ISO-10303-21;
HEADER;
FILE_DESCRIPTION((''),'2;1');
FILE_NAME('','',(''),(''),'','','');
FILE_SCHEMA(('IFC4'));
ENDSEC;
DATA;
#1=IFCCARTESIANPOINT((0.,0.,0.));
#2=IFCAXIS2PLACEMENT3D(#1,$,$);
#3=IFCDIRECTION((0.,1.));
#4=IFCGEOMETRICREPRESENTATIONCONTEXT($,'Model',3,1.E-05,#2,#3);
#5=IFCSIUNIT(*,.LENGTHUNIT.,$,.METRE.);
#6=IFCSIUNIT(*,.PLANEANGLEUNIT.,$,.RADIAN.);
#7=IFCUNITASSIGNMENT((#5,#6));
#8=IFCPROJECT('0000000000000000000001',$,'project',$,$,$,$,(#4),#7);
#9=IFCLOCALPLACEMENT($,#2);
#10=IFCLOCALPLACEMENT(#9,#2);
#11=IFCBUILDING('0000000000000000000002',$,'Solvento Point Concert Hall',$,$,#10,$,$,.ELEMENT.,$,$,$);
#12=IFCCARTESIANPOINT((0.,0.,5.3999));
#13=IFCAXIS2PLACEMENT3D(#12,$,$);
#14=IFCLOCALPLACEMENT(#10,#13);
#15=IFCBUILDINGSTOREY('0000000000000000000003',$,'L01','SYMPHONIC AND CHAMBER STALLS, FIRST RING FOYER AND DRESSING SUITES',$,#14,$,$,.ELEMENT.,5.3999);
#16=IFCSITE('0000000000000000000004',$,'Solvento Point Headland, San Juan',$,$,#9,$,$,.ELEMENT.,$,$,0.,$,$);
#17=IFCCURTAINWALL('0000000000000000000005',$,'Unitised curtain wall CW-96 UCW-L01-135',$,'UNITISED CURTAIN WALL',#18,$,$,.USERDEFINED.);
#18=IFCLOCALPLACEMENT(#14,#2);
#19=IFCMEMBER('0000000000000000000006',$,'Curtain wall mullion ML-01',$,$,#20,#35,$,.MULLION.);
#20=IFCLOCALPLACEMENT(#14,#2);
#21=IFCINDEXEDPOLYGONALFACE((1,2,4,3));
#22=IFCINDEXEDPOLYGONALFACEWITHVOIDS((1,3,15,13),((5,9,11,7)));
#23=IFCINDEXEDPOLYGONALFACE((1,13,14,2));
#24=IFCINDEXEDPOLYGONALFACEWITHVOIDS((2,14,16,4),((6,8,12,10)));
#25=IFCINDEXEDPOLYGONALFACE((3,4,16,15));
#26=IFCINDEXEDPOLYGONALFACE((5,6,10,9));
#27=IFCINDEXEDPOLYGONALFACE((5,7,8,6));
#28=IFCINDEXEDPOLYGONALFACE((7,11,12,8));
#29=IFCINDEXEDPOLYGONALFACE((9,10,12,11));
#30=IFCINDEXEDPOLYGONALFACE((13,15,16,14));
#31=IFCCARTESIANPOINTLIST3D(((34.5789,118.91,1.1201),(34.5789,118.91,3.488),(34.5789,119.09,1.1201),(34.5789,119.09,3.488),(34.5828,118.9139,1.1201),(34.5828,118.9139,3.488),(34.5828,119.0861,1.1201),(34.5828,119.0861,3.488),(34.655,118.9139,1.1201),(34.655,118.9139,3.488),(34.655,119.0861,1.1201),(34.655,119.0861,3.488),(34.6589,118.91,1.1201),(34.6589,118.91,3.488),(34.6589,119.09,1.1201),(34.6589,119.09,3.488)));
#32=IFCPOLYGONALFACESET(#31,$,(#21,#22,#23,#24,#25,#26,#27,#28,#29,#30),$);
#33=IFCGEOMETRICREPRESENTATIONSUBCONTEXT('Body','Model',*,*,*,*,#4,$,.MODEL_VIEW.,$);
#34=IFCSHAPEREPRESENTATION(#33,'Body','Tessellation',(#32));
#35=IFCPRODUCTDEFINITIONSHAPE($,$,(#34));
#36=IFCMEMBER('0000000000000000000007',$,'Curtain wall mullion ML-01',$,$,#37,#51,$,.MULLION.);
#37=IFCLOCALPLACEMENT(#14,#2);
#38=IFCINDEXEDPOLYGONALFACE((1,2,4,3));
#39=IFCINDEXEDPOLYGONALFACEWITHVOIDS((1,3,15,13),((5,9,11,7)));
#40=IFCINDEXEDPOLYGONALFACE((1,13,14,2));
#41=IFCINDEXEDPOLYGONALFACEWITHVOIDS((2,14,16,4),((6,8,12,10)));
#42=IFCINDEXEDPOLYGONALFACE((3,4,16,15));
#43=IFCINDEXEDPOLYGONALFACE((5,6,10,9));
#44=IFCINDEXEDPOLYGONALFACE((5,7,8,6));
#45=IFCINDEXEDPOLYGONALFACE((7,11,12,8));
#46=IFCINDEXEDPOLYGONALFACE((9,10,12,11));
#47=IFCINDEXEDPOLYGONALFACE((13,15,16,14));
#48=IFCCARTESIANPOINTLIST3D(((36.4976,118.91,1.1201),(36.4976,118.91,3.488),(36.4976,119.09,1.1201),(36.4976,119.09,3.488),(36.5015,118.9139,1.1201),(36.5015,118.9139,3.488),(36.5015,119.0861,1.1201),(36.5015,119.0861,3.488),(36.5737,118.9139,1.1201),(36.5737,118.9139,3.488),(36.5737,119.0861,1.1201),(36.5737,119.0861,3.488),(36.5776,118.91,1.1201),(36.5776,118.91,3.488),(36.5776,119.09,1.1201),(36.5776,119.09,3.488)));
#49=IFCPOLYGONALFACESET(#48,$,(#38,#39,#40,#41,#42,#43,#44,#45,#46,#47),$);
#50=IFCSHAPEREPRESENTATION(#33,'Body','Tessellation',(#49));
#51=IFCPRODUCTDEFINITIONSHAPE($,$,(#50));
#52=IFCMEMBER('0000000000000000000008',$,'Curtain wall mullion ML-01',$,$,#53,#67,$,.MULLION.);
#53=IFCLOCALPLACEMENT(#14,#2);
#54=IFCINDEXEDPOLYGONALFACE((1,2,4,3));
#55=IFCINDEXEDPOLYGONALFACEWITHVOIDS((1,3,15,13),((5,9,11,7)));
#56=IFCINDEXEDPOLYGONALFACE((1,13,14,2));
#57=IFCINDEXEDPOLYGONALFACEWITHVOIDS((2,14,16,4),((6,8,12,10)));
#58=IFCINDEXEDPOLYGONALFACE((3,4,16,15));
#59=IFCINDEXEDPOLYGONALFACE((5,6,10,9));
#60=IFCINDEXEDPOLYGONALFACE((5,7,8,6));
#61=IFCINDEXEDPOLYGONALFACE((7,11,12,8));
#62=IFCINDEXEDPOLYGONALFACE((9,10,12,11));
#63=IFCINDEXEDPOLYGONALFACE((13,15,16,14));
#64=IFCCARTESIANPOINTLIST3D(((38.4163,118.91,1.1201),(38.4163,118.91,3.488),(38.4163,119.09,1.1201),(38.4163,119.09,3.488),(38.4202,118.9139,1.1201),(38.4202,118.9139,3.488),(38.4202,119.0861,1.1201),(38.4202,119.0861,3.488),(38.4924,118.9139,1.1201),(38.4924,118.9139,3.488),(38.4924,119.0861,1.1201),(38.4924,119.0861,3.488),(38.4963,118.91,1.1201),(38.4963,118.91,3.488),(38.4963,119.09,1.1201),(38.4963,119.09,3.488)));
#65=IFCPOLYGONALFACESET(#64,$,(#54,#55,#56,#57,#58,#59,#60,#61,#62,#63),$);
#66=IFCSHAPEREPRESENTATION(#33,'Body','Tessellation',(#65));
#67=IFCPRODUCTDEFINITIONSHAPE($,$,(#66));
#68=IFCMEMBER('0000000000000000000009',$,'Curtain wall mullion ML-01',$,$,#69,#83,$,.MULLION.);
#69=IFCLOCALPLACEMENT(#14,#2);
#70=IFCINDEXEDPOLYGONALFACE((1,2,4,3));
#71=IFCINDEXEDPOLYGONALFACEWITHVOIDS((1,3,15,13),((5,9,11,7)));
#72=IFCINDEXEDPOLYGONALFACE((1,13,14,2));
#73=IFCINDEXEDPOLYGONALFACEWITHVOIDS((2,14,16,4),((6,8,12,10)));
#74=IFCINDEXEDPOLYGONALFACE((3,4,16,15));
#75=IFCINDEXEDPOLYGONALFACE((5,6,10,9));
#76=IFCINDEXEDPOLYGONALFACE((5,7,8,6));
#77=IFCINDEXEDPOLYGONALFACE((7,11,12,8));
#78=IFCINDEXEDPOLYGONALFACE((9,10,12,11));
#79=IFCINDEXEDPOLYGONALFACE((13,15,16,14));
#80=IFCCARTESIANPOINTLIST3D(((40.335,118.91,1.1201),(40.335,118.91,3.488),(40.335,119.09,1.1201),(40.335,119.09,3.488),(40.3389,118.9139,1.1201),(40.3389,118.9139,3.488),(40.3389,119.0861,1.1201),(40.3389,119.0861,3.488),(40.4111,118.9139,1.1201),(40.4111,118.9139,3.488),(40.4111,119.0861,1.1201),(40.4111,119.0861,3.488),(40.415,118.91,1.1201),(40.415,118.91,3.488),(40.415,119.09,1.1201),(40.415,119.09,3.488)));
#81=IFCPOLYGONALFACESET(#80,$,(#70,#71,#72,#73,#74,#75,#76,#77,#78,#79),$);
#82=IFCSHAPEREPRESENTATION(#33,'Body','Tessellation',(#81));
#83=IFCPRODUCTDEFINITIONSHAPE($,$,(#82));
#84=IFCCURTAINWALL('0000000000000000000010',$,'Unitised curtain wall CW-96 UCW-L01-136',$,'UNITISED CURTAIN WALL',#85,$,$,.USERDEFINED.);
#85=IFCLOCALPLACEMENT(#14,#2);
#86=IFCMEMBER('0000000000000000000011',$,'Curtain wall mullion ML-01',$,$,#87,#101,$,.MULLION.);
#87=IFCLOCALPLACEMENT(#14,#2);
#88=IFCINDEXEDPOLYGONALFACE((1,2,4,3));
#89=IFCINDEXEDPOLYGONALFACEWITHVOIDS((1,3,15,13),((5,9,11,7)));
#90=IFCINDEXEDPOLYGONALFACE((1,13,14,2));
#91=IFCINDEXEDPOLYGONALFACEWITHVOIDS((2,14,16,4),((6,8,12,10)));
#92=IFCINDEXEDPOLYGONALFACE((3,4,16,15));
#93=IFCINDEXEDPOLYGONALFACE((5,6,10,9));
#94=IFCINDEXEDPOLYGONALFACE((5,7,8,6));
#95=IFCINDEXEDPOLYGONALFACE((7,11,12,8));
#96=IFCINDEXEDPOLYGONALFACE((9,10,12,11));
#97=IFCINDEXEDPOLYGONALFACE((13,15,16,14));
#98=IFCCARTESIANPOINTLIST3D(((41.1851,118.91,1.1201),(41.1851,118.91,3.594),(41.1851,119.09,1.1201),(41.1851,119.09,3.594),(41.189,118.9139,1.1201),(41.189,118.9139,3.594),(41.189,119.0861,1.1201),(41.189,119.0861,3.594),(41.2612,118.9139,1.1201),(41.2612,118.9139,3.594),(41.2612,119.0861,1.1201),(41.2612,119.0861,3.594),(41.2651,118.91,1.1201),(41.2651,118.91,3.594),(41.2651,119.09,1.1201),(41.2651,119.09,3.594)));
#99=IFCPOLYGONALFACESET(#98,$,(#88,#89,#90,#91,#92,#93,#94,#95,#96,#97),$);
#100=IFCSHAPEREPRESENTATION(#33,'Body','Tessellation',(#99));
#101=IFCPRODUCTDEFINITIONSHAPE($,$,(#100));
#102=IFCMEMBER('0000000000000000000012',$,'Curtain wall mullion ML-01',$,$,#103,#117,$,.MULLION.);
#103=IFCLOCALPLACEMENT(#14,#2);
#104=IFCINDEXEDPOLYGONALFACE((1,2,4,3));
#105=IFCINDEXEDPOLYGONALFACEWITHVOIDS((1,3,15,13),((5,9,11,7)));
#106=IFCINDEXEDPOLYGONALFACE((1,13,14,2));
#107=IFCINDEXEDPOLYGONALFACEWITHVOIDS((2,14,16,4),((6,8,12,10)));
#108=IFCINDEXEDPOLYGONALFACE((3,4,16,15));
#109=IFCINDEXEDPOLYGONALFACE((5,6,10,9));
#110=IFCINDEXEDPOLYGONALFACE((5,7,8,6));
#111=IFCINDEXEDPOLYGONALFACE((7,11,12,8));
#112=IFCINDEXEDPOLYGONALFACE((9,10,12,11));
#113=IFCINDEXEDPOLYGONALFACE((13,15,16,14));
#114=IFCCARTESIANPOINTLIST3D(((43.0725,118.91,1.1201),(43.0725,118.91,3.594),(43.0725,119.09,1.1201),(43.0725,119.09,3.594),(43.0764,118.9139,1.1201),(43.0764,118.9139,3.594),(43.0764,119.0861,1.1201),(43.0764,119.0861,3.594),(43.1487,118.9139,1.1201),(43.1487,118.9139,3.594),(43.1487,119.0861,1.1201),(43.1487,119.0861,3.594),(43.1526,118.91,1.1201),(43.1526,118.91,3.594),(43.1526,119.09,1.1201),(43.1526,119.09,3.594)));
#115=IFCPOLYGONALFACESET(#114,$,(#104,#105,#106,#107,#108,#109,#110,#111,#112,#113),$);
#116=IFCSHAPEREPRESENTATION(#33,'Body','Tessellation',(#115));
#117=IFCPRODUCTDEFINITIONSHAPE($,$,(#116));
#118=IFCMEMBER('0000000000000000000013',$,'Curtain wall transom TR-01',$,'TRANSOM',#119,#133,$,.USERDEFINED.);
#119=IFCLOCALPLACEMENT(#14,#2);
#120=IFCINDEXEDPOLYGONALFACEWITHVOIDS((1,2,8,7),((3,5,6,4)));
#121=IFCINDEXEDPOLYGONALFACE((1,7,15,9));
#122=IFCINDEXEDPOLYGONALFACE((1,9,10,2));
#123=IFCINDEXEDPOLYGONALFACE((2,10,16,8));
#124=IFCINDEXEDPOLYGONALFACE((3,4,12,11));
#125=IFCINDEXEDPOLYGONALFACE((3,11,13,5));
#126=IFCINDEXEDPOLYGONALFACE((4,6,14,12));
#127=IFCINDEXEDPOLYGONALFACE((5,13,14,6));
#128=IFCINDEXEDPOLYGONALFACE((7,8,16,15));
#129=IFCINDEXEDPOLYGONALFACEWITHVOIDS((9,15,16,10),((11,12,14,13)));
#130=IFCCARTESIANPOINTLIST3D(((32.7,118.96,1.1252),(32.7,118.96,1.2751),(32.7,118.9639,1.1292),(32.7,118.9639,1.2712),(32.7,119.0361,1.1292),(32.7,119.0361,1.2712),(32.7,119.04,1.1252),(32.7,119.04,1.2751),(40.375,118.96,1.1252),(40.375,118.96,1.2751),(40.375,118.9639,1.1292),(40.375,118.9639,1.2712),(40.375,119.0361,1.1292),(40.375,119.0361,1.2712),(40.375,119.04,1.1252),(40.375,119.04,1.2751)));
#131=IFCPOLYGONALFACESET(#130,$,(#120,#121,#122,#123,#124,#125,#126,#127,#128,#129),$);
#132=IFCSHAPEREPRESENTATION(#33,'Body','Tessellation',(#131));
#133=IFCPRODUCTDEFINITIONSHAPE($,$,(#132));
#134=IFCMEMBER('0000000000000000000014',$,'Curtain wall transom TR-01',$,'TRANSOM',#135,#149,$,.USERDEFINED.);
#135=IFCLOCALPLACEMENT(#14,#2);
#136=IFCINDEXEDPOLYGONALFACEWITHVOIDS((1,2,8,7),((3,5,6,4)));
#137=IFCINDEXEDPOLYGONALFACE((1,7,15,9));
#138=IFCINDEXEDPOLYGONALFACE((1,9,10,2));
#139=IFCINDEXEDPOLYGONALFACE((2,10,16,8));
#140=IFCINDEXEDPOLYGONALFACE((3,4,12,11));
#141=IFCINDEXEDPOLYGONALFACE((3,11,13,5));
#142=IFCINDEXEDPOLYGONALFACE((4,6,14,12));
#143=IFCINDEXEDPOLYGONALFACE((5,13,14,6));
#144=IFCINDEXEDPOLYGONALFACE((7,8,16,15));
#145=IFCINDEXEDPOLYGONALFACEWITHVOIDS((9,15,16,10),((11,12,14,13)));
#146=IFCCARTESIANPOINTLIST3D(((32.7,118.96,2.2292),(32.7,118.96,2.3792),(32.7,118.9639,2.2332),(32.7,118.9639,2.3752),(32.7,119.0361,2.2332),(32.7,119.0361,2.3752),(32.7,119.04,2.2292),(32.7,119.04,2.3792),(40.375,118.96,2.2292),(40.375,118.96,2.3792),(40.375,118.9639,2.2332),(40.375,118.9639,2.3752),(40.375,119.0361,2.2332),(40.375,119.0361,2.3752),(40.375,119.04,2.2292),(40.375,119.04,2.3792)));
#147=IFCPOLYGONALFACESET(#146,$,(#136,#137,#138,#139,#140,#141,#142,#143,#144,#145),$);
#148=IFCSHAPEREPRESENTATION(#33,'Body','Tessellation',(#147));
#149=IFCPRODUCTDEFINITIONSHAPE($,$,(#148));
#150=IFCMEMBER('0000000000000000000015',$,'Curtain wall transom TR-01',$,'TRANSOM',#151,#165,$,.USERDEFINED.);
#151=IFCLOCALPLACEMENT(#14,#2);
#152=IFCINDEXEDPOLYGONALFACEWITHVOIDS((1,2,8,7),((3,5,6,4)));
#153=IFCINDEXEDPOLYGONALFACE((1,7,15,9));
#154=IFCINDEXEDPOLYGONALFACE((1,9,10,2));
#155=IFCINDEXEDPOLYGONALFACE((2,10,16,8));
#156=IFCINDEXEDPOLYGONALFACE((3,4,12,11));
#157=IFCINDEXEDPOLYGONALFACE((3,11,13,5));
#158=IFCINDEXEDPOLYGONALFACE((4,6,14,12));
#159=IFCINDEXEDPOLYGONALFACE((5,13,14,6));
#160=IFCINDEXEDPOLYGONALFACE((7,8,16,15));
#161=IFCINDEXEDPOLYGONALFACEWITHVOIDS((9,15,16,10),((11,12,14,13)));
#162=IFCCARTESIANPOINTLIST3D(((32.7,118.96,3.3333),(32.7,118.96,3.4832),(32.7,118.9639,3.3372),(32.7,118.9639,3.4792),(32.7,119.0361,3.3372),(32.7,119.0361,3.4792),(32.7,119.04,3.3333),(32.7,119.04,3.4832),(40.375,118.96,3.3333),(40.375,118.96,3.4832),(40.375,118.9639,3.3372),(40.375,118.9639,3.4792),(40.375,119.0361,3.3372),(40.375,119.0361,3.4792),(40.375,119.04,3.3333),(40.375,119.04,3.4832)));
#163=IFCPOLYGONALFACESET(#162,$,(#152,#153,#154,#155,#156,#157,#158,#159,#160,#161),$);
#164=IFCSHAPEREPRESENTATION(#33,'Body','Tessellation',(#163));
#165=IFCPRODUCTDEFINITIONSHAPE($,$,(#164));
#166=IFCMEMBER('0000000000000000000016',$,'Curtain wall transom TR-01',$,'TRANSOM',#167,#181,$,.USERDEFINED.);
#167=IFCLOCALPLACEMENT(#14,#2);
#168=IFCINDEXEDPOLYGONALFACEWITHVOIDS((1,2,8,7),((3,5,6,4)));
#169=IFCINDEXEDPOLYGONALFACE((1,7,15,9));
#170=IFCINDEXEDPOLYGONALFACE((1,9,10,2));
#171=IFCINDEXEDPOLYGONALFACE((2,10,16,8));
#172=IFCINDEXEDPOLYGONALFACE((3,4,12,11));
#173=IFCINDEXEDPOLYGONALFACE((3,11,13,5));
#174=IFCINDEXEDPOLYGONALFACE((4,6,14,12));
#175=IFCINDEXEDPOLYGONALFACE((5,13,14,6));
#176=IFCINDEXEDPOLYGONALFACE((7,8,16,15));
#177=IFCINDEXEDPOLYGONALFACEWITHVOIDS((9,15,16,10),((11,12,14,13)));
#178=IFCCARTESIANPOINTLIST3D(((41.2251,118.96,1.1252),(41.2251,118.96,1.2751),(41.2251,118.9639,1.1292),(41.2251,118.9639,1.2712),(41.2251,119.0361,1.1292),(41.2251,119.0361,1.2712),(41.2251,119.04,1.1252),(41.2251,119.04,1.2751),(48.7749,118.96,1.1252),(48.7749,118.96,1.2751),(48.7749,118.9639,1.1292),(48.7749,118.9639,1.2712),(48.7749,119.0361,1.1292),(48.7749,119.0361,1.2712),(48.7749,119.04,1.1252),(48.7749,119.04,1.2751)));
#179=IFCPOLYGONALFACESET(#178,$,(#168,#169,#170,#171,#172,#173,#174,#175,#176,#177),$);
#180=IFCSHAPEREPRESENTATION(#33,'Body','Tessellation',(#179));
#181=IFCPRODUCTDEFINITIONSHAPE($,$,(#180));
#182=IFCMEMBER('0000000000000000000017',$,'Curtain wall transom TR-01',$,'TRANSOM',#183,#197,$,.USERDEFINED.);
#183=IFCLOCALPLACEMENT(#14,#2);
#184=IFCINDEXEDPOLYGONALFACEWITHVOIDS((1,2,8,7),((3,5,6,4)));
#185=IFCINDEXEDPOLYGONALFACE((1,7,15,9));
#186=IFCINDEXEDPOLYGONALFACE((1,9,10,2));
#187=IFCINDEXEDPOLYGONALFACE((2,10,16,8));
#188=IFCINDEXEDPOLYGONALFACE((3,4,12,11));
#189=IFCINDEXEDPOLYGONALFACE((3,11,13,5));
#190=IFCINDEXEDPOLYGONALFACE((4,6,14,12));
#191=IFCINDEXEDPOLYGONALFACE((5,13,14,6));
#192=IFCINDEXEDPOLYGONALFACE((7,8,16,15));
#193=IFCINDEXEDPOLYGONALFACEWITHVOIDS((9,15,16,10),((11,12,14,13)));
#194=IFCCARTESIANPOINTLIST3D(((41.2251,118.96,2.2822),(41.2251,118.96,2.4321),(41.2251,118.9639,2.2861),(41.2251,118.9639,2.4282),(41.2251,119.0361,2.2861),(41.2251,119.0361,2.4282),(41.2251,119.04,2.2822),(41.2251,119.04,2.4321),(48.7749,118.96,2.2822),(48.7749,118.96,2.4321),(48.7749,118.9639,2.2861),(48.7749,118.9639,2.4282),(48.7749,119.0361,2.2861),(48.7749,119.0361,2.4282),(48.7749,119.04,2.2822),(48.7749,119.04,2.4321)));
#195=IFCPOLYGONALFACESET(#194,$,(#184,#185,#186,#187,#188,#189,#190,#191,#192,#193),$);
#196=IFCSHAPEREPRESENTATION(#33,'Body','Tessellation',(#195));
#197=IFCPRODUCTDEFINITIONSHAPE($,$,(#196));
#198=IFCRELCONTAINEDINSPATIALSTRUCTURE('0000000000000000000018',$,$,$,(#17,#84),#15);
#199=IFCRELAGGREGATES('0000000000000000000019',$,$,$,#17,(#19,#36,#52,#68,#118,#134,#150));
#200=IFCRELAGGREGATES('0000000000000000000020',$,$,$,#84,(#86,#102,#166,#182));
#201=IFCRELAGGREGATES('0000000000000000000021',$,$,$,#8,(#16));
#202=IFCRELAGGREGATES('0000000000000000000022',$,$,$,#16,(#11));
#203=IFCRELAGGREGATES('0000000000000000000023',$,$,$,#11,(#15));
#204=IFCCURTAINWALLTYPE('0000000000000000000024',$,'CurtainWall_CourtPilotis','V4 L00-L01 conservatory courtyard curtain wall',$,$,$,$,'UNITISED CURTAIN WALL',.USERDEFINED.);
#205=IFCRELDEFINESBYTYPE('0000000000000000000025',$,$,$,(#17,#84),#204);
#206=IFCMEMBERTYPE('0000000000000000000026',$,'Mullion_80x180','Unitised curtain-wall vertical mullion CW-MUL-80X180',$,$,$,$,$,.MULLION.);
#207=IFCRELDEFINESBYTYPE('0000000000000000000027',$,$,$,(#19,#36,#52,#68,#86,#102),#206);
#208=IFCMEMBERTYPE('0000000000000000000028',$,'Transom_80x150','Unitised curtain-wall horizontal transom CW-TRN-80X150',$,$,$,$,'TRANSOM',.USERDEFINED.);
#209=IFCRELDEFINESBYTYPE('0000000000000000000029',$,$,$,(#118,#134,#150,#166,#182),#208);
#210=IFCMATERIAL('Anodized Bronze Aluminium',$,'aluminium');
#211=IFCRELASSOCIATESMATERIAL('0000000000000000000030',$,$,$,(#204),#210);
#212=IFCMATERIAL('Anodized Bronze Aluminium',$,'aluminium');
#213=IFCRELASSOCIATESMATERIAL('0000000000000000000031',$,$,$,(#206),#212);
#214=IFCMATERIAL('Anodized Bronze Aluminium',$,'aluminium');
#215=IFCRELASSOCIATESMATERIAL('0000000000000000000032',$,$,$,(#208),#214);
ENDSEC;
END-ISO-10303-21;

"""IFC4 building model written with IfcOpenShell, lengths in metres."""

from ifc_helpers import new_model, si_unit, direction, frame, origin, origin_2d, place, context, subcontext, project, spatial, hollow_rectangle, extrude, material, material_profile, profile_set, type_object, element, aggregate, save


model = new_model("IFC4")

# Units and contexts
model_context = context("Model", 3, precision=1e-05, world=origin(), true_north=direction((0.0, 1.0)))
body_context = subcontext(model_context, "Body", "Model", "MODEL_VIEW")
ifc_project = project(units=[si_unit("LENGTHUNIT", "METRE"), si_unit("PLANEANGLEUNIT", "RADIAN")], contexts=[model_context])

# Site, building, storey
site_placement = place(None, origin())
site = spatial("IfcSite", under=ifc_project, at=site_placement, Name="Solvento Point Headland, San Juan", CompositionType="ELEMENT", RefElevation=0.0)
building_placement = place(site_placement, origin())
building = spatial("IfcBuilding", under=site, at=building_placement, Name="Solvento Point Concert Hall", CompositionType="ELEMENT")
storey_placement = place(building_placement, frame((0.0, 0.0, 5.3999)))
storey = spatial("IfcBuildingStorey", under=building, at=storey_placement, Name="L01", Description="SYMPHONIC AND CHAMBER STALLS, FIRST RING FOYER AND DRESSING SUITES", CompositionType="ELEMENT", Elevation=5.3999)

# Curtain walls, members
ifc_material_1 = material(Name="Anodized Bronze Aluminium", Category="aluminium")
curtain_wall_type = type_object("IfcCurtainWallType", Name="CurtainWall_CourtPilotis", Description="V4 L00-L01 conservatory courtyard curtain wall", ElementType="UNITISED CURTAIN WALL", PredefinedType="USERDEFINED", material=ifc_material_1)
curtain_wall_1_placement = place(storey_placement, origin())
curtain_wall_1 = element("IfcCurtainWall", 1, at=curtain_wall_1_placement, inside=storey, type_object=curtain_wall_type, Name="Unitised curtain wall CW-96 UCW-L01-135", ObjectType="UNITISED CURTAIN WALL", PredefinedType="USERDEFINED")
ifc_material_2 = material(Name="Anodized Bronze Aluminium", Category="aluminium")
ifc_material_profile_1 = material_profile(ifc_material_2, hollow_rectangle(XDim=0.0801, YDim=0.1799, WallThickness=0.0039, at=origin_2d()), Name="CW-MUL-80X180")
ifc_profile_set_1 = profile_set([ifc_material_profile_1], Name="Anodized Bronze Aluminium")
member_type_1 = type_object("IfcMemberType", Name="Mullion_80x180", Description="Unitised curtain-wall vertical mullion CW-MUL-80X180", PredefinedType="MULLION", material=ifc_profile_set_1)
member_1_placement = place(storey_placement, frame((34.6189, 119.0, 1.1201), z_axis=(0.0, 0.0, 1.0), x_axis=(1.0, 0.0, 0.0)))
member_1 = element("IfcMember", 2, at=member_1_placement, type_object=member_type_1, Name="Curtain wall mullion ML-01", PredefinedType="MULLION", context=body_context, shape_type="SweptSolid", body=[
    extrude(hollow_rectangle(XDim=0.0801, YDim=0.1799, WallThickness=0.0039, at=origin_2d()), origin(), (0.0, 0.0, 1.0), 2.3679),
])
member_2_placement = place(storey_placement, frame((36.5376, 119.0, 1.1201), z_axis=(0.0, 0.0, 1.0), x_axis=(1.0, 0.0, 0.0)))
member_2 = element("IfcMember", 3, at=member_2_placement, type_object=member_type_1, Name="Curtain wall mullion ML-01", PredefinedType="MULLION", context=body_context, shape_type="SweptSolid", body=[
    extrude(hollow_rectangle(XDim=0.0801, YDim=0.1799, WallThickness=0.0039, at=origin_2d()), origin(), (0.0, 0.0, 1.0), 2.3679),
])
member_3_placement = place(storey_placement, frame((38.4563, 119.0, 1.1201), z_axis=(0.0, 0.0, 1.0), x_axis=(1.0, 0.0, 0.0)))
member_3 = element("IfcMember", 4, at=member_3_placement, type_object=member_type_1, Name="Curtain wall mullion ML-01", PredefinedType="MULLION", context=body_context, shape_type="SweptSolid", body=[
    extrude(hollow_rectangle(XDim=0.0801, YDim=0.1799, WallThickness=0.0039, at=origin_2d()), origin(), (0.0, 0.0, 1.0), 2.3679),
])
member_4_placement = place(storey_placement, frame((40.375, 119.0, 1.1201), z_axis=(0.0, 0.0, 1.0), x_axis=(1.0, 0.0, 0.0)))
member_4 = element("IfcMember", 5, at=member_4_placement, type_object=member_type_1, Name="Curtain wall mullion ML-01", PredefinedType="MULLION", context=body_context, shape_type="SweptSolid", body=[
    extrude(hollow_rectangle(XDim=0.0801, YDim=0.1799, WallThickness=0.0039, at=origin_2d()), origin(), (0.0, 0.0, 1.0), 2.3679),
])
curtain_wall_2_placement = place(storey_placement, origin())
curtain_wall_2 = element("IfcCurtainWall", 6, at=curtain_wall_2_placement, inside=storey, type_object=curtain_wall_type, Name="Unitised curtain wall CW-96 UCW-L01-136", ObjectType="UNITISED CURTAIN WALL", PredefinedType="USERDEFINED")
member_5_placement = place(storey_placement, frame((41.2251, 119.0, 1.1201), z_axis=(0.0, 0.0, 1.0), x_axis=(1.0, 0.0, 0.0)))
member_5 = element("IfcMember", 7, at=member_5_placement, type_object=member_type_1, Name="Curtain wall mullion ML-01", PredefinedType="MULLION", context=body_context, shape_type="SweptSolid", body=[
    extrude(hollow_rectangle(XDim=0.0801, YDim=0.1799, WallThickness=0.0039, at=origin_2d()), origin(), (0.0, 0.0, 1.0), 2.4739),
])
member_6_placement = place(storey_placement, frame((43.1125, 119.0, 1.1201), z_axis=(0.0, 0.0, 1.0), x_axis=(1.0, 0.0, 0.0)))
member_6 = element("IfcMember", 8, at=member_6_placement, type_object=member_type_1, Name="Curtain wall mullion ML-01", PredefinedType="MULLION", context=body_context, shape_type="SweptSolid", body=[
    extrude(hollow_rectangle(XDim=0.0801, YDim=0.1799, WallThickness=0.0039, at=origin_2d()), origin(), (0.0, 0.0, 1.0), 2.4739),
])

# Members
ifc_material_3 = material(Name="Anodized Bronze Aluminium", Category="aluminium")
ifc_material_profile_2 = material_profile(ifc_material_3, hollow_rectangle(XDim=0.0801, YDim=0.1499, WallThickness=0.0039, at=origin_2d()), Name="CW-TRN-80X150")
ifc_profile_set_2 = profile_set([ifc_material_profile_2], Name="Anodized Bronze Aluminium")
member_type_2 = type_object("IfcMemberType", Name="Transom_80x150", Description="Unitised curtain-wall horizontal transom CW-TRN-80X150", ElementType="TRANSOM", PredefinedType="USERDEFINED", material=ifc_profile_set_2)
member_7_placement = place(storey_placement, frame((32.7, 119.0, 1.2002), z_axis=(1.0, 0.0, 0.0), x_axis=(0.0, 1.0, 0.0)))
member_7 = element("IfcMember", 9, at=member_7_placement, type_object=member_type_2, Name="Curtain wall transom TR-01", ObjectType="TRANSOM", PredefinedType="USERDEFINED", context=body_context, shape_type="SweptSolid", body=[
    extrude(hollow_rectangle(XDim=0.0801, YDim=0.1499, WallThickness=0.0039, at=origin_2d()), origin(), (0.0, 0.0, 1.0), 7.675),
])
member_8_placement = place(storey_placement, frame((32.7, 119.0, 2.3042), z_axis=(1.0, 0.0, 0.0), x_axis=(0.0, 1.0, 0.0)))
member_8 = element("IfcMember", 10, at=member_8_placement, type_object=member_type_2, Name="Curtain wall transom TR-01", ObjectType="TRANSOM", PredefinedType="USERDEFINED", context=body_context, shape_type="SweptSolid", body=[
    extrude(hollow_rectangle(XDim=0.0801, YDim=0.1499, WallThickness=0.0039, at=origin_2d()), origin(), (0.0, 0.0, 1.0), 7.675),
])
member_9_placement = place(storey_placement, frame((32.7, 119.0, 3.4082), z_axis=(1.0, 0.0, 0.0), x_axis=(0.0, 1.0, 0.0)))
member_9 = element("IfcMember", 11, at=member_9_placement, type_object=member_type_2, Name="Curtain wall transom TR-01", ObjectType="TRANSOM", PredefinedType="USERDEFINED", context=body_context, shape_type="SweptSolid", body=[
    extrude(hollow_rectangle(XDim=0.0801, YDim=0.1499, WallThickness=0.0039, at=origin_2d()), origin(), (0.0, 0.0, 1.0), 7.675),
])
member_10_placement = place(storey_placement, frame((41.2251, 119.0, 1.2002), z_axis=(1.0, 0.0, 0.0), x_axis=(0.0, 1.0, 0.0)))
member_10 = element("IfcMember", 12, at=member_10_placement, type_object=member_type_2, Name="Curtain wall transom TR-01", ObjectType="TRANSOM", PredefinedType="USERDEFINED", context=body_context, shape_type="SweptSolid", body=[
    extrude(hollow_rectangle(XDim=0.0801, YDim=0.1499, WallThickness=0.0039, at=origin_2d()), origin(), (0.0, 0.0, 1.0), 7.5498),
])
member_11_placement = place(storey_placement, frame((41.2251, 119.0, 2.3572), z_axis=(1.0, 0.0, 0.0), x_axis=(0.0, 1.0, 0.0)))
member_11 = element("IfcMember", 13, at=member_11_placement, type_object=member_type_2, Name="Curtain wall transom TR-01", ObjectType="TRANSOM", PredefinedType="USERDEFINED", context=body_context, shape_type="SweptSolid", body=[
    extrude(hollow_rectangle(XDim=0.0801, YDim=0.1499, WallThickness=0.0039, at=origin_2d()), origin(), (0.0, 0.0, 1.0), 7.5498),
])

aggregate(curtain_wall_1, [member_1, member_2, member_3, member_4, member_7, member_8, member_9])
aggregate(curtain_wall_2, [member_5, member_6, member_10, member_11])

save(model, "model.ifc")
